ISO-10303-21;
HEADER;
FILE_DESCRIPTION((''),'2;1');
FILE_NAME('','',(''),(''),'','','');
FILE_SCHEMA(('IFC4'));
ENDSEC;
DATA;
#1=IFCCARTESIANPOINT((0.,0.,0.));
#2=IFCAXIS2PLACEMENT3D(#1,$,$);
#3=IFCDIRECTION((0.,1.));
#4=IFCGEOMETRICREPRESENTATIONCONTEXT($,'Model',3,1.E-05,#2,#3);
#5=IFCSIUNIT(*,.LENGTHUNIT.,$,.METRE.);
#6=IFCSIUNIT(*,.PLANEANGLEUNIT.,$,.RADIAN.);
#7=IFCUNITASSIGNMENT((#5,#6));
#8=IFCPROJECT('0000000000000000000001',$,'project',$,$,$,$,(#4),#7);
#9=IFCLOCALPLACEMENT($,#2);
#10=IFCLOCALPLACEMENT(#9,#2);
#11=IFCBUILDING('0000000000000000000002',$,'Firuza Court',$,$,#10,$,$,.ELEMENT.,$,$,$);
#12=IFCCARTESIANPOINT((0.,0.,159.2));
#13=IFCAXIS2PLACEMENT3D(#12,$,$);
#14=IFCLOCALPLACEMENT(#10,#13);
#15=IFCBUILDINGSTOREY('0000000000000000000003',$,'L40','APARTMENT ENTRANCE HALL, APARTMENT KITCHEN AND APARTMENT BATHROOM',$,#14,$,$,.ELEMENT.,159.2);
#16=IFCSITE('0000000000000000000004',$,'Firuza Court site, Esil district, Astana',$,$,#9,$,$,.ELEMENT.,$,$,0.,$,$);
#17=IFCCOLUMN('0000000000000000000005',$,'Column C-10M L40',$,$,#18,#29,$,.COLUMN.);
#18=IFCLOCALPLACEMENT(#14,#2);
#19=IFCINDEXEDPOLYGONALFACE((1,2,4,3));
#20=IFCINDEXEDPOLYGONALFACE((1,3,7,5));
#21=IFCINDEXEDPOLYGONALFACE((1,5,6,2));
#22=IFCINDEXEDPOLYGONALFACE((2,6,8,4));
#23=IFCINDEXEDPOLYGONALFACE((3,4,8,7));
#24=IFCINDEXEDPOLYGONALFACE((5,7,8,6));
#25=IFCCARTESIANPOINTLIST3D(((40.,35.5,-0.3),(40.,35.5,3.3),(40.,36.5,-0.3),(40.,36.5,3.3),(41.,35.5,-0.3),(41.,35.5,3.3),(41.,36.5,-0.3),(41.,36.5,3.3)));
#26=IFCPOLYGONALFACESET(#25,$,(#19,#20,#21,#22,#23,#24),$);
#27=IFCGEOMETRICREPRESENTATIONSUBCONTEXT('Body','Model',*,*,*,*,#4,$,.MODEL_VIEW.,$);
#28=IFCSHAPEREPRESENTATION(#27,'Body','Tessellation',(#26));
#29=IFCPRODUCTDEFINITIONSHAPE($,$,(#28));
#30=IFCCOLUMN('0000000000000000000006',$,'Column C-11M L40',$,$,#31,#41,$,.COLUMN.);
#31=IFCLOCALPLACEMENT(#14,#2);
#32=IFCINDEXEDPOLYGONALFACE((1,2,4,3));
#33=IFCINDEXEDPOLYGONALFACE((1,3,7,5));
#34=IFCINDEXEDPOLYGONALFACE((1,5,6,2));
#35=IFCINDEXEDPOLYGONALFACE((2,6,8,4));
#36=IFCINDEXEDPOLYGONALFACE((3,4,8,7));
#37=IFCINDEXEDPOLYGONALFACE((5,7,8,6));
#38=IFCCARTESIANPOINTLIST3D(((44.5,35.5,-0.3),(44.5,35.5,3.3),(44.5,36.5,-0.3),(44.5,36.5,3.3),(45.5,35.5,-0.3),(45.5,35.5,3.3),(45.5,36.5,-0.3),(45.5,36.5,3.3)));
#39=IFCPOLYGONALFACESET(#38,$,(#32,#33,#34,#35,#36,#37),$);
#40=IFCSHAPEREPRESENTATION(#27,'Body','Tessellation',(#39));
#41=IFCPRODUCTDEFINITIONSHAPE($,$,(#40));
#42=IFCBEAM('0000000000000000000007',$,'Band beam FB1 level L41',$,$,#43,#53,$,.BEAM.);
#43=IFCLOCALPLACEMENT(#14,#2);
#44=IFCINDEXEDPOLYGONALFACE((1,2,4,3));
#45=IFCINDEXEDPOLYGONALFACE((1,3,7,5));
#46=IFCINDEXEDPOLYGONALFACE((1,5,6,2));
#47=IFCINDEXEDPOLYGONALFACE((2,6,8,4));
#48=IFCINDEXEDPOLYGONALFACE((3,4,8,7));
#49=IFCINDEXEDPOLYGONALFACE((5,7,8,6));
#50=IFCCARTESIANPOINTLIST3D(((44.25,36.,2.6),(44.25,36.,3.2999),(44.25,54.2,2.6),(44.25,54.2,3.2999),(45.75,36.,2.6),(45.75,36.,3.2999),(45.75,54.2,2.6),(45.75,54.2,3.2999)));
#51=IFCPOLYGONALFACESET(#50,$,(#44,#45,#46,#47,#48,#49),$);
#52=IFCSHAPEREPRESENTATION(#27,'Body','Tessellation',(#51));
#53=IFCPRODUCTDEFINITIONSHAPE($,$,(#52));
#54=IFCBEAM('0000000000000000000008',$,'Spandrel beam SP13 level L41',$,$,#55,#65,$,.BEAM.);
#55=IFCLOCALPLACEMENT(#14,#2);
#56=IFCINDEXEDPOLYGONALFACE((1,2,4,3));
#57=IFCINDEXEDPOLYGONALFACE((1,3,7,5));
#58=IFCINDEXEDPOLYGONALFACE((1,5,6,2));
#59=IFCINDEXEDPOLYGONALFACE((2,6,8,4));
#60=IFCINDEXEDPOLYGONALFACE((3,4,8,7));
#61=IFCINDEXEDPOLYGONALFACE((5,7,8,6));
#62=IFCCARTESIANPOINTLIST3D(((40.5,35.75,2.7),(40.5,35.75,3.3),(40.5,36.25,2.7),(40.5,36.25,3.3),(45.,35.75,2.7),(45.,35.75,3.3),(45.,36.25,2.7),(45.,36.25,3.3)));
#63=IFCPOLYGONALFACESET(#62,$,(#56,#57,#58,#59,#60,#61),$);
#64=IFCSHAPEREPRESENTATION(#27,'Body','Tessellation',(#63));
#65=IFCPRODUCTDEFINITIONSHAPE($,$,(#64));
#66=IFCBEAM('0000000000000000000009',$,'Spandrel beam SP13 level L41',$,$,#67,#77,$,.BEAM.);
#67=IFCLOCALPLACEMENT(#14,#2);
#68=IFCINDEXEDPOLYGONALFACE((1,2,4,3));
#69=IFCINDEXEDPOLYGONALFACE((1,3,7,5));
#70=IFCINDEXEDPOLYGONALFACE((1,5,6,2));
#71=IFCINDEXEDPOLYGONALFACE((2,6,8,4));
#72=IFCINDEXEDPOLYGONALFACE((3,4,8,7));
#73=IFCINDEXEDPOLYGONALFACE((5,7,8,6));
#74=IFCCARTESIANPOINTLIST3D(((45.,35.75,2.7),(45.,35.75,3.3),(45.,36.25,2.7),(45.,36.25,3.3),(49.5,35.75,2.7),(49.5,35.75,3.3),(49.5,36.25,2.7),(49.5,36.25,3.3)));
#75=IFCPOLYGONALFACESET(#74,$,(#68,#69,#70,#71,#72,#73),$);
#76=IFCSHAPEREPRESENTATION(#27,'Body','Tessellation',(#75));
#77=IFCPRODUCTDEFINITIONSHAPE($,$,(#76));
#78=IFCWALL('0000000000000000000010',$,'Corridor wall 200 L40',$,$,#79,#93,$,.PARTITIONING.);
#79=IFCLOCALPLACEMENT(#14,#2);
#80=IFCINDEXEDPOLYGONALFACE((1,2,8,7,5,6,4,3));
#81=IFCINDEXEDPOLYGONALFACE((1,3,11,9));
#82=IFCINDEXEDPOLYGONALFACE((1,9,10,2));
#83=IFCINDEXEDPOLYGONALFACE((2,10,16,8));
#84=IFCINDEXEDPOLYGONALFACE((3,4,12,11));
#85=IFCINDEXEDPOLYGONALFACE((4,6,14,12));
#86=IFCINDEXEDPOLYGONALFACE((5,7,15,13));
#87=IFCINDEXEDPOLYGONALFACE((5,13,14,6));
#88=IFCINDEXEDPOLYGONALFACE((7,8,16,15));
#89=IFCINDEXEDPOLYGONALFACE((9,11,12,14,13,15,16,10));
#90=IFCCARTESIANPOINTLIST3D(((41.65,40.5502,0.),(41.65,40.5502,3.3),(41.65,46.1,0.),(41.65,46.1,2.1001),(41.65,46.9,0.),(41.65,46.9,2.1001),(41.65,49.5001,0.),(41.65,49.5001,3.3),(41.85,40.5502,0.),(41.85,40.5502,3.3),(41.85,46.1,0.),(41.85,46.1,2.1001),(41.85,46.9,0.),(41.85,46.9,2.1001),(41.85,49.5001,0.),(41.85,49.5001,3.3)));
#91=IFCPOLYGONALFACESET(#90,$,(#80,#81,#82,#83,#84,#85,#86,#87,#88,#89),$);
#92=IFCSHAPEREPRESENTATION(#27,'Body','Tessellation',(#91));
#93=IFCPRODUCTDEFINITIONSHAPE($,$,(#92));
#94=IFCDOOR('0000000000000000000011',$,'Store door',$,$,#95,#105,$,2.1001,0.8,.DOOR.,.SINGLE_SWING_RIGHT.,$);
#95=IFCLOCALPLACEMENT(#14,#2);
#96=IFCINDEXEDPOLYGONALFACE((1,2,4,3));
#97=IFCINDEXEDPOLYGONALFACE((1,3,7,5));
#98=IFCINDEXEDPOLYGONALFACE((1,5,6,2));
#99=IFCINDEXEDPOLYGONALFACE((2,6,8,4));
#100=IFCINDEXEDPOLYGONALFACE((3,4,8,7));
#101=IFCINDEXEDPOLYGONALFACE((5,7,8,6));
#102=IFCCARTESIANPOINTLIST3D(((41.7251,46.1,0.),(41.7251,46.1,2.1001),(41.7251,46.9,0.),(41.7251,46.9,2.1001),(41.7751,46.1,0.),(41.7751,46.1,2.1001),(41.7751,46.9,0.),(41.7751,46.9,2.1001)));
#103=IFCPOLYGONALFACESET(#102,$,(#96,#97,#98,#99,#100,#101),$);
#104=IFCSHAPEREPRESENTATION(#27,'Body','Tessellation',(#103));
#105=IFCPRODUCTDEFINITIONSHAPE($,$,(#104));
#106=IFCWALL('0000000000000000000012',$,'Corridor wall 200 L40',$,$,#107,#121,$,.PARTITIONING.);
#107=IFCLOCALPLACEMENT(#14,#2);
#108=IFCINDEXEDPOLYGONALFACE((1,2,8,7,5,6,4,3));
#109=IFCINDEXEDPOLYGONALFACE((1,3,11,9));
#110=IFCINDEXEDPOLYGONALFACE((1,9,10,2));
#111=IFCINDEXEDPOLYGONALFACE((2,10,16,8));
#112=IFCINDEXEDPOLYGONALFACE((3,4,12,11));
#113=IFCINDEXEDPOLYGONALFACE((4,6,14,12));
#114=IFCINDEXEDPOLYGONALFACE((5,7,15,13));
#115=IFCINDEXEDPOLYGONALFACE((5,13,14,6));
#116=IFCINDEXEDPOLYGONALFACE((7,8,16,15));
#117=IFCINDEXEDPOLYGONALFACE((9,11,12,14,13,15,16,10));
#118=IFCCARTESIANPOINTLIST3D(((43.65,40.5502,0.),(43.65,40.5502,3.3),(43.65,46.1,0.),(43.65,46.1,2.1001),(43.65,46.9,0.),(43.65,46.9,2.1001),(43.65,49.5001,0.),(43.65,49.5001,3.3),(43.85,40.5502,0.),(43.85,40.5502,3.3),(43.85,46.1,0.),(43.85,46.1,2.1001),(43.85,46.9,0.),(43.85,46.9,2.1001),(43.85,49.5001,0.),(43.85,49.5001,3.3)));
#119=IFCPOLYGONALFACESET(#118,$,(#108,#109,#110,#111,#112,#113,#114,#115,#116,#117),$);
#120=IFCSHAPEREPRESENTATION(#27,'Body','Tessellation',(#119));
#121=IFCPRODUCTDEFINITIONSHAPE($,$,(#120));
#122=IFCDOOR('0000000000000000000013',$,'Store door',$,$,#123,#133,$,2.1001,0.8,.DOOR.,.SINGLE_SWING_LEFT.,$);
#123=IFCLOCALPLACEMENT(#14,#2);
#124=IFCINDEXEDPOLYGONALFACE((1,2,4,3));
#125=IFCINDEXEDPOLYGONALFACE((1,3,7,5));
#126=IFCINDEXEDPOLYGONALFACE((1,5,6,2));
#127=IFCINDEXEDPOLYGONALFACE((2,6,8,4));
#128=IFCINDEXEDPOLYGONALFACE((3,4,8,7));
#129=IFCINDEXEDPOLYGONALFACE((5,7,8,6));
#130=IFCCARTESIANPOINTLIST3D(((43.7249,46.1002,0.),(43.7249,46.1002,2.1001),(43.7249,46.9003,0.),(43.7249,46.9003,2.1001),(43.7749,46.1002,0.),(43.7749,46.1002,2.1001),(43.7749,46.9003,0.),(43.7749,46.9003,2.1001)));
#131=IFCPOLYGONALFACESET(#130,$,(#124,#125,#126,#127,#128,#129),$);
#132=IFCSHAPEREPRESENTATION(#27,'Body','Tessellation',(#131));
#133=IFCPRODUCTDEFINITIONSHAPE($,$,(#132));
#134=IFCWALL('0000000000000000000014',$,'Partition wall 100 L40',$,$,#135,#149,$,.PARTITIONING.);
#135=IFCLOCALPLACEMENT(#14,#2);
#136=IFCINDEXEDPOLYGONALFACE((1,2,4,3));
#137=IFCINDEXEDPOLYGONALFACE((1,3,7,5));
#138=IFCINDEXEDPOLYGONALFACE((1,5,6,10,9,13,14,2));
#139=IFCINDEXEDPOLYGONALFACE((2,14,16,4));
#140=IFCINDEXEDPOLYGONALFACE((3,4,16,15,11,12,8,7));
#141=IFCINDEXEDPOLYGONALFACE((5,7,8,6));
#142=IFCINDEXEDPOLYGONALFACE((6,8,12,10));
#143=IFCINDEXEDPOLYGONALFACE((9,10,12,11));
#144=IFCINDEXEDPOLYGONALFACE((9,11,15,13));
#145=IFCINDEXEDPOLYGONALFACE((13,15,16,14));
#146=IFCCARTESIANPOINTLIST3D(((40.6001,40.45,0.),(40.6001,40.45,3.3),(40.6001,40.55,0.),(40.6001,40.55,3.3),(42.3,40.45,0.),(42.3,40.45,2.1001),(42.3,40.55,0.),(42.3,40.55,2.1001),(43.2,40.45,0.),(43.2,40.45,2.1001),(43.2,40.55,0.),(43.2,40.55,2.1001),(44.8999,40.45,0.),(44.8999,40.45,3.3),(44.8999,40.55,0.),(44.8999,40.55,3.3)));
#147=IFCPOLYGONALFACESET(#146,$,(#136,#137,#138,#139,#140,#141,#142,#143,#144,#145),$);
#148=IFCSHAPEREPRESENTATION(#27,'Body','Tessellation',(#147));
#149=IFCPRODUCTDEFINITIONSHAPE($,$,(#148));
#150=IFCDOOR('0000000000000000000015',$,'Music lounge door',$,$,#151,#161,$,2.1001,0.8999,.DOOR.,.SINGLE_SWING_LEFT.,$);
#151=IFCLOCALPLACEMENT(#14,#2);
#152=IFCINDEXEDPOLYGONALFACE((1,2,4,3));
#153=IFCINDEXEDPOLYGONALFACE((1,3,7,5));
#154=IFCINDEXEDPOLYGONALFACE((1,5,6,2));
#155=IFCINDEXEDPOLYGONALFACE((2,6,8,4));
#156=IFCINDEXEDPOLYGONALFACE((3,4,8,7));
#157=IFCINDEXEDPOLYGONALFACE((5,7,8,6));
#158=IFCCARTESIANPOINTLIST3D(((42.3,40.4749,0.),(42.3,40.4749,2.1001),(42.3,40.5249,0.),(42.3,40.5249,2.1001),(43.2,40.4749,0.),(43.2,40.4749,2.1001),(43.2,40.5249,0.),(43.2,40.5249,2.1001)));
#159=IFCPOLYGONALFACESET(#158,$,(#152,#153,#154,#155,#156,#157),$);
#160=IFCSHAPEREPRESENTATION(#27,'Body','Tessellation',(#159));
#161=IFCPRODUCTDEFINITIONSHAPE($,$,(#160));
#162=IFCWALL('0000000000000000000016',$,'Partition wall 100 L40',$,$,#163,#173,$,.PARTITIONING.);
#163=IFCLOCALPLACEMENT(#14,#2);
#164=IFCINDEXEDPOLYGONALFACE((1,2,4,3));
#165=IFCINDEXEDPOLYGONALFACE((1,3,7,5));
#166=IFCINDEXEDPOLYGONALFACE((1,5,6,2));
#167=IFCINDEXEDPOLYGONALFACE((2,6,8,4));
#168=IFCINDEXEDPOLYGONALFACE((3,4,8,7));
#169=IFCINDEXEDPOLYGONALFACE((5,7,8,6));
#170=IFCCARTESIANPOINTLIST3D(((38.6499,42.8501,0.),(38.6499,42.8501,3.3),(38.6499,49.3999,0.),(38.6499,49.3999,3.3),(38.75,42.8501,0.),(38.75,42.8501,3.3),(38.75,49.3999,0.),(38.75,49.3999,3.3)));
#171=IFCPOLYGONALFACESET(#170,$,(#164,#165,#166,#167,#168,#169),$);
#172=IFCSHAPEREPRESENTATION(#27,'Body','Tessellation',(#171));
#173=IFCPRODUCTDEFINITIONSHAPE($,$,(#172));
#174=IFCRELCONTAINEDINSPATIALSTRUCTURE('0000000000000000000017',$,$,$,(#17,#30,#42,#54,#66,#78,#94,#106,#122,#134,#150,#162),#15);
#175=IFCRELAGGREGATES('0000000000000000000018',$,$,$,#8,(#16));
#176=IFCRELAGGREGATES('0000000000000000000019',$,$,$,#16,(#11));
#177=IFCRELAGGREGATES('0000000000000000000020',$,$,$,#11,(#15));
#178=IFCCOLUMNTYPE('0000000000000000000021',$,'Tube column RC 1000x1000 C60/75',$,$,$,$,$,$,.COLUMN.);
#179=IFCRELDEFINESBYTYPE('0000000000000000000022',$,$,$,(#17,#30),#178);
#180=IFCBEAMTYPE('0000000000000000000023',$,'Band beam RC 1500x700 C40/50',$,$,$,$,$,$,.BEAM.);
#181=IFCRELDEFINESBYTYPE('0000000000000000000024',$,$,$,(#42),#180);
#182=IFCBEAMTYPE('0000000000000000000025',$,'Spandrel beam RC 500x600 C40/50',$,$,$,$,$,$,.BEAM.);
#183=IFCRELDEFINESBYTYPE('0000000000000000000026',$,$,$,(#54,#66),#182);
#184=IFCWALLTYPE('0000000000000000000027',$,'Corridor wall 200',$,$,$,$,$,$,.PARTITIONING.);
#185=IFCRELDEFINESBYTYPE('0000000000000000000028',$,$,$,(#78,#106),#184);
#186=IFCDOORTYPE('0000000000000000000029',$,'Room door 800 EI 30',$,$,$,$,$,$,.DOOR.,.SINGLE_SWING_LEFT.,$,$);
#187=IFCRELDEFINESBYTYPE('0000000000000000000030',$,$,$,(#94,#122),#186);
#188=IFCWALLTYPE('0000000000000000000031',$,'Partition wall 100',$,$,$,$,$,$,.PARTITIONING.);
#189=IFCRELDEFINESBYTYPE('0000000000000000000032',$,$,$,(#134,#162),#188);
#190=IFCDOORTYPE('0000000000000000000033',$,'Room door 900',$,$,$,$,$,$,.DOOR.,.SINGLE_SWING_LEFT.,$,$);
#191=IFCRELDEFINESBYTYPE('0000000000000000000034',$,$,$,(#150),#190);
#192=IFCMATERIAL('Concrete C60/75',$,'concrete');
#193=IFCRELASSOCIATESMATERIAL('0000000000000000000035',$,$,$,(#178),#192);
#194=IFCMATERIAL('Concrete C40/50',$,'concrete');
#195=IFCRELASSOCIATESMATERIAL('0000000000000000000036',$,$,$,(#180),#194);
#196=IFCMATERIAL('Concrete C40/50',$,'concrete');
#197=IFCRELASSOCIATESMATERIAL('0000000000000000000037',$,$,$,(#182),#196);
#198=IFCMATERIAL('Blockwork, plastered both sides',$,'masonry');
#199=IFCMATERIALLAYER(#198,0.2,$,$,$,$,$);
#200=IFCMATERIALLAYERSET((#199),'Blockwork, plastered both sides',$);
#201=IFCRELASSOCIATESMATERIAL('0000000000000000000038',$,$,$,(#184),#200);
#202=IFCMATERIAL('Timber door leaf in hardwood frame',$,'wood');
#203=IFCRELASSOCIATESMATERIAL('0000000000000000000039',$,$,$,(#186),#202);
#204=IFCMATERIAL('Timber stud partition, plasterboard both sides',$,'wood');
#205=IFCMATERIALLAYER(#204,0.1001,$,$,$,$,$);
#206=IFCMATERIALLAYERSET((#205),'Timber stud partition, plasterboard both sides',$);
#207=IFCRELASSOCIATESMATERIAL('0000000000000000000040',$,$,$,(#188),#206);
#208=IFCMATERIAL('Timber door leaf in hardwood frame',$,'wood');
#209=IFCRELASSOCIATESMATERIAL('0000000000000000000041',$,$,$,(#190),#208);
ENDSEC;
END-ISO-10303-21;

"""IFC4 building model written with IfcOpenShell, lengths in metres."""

from ifc_helpers import new_model, si_unit, direction, frame, frame_2d, origin, origin_2d, place, context, subcontext, project, spatial, rectangle, extrude, material, layer, layer_set, material_profile, profile_set, type_object, element, fill, save


model = new_model("IFC4")

# Units and contexts
model_context = context("Model", 3, precision=1e-05, world=origin(), true_north=direction((0.0, 1.0)))
body_context = subcontext(model_context, "Body", "Model", "MODEL_VIEW")
ifc_project = project(units=[si_unit("LENGTHUNIT", "METRE"), si_unit("PLANEANGLEUNIT", "RADIAN")], contexts=[model_context])

# Site, building, storey
site_placement = place(None, origin())
site = spatial("IfcSite", under=ifc_project, at=site_placement, Name="Firuza Court site, Esil district, Astana", CompositionType="ELEMENT", RefElevation=0.0)
building_placement = place(site_placement, origin())
building = spatial("IfcBuilding", under=site, at=building_placement, Name="Firuza Court", CompositionType="ELEMENT")
storey_placement = place(building_placement, frame((0.0, 0.0, 159.2)))
storey = spatial("IfcBuildingStorey", under=building, at=storey_placement, Name="L40", Description="APARTMENT ENTRANCE HALL, APARTMENT KITCHEN AND APARTMENT BATHROOM", CompositionType="ELEMENT", Elevation=159.2)

# Columns
ifc_material_1 = material(Name="Concrete C60/75", Category="concrete")
ifc_material_profile_1 = material_profile(ifc_material_1, rectangle(XDim=1.0, YDim=1.0, at=origin_2d()), Name="RC 1000x1000")
ifc_profile_set_1 = profile_set([ifc_material_profile_1], Name="Concrete C60/75")
column_type = type_object("IfcColumnType", Name="Tube column RC 1000x1000 C60/75", PredefinedType="COLUMN", material=ifc_profile_set_1)
for number, where, z_axis, x_axis, name in (
    (1, (40.5, 36.0, -0.3), (0.0, 0.0, 1.0), (1.0, 0.0, 0.0), "Column C-10M L40"),
    (2, (45.0, 36.0, -0.3), (0.0, 0.0, 1.0), (1.0, 0.0, 0.0), "Column C-11M L40"),
):
    element("IfcColumn", number, at=place(storey_placement, frame(where, z_axis=z_axis, x_axis=x_axis)), inside=storey, type_object=column_type, Name=name, PredefinedType="COLUMN", context=body_context, shape_type="SweptSolid", body=[
        extrude(rectangle(XDim=1.0, YDim=1.0, at=origin_2d()), origin(), (0.0, 0.0, 1.0), 3.6001),
    ])

# Beams
ifc_material_2 = material(Name="Concrete C40/50", Category="concrete")
ifc_material_profile_2 = material_profile(ifc_material_2, rectangle(XDim=1.5, YDim=0.7, at=origin_2d()), Name="RC 1500x700")
ifc_profile_set_2 = profile_set([ifc_material_profile_2], Name="Concrete C40/50")
beam_type_1 = type_object("IfcBeamType", Name="Band beam RC 1500x700 C40/50", PredefinedType="BEAM", material=ifc_profile_set_2)
beam_placement = place(storey_placement, frame((45.0, 36.0, 2.95), z_axis=(0.0, 1.0, 0.0), x_axis=(-1.0, 0.0, 0.0)))
element("IfcBeam", 3, at=beam_placement, inside=storey, type_object=beam_type_1, Name="Band beam FB1 level L41", PredefinedType="BEAM", context=body_context, shape_type="SweptSolid", body=[
    extrude(rectangle(XDim=1.5, YDim=0.7, at=origin_2d()), origin(), (0.0, 0.0, 1.0), 18.2),
])
ifc_material_3 = material(Name="Concrete C40/50", Category="concrete")
ifc_material_profile_3 = material_profile(ifc_material_3, rectangle(XDim=0.5, YDim=0.6001, at=origin_2d()), Name="RC 500x600")
ifc_profile_set_3 = profile_set([ifc_material_profile_3], Name="Concrete C40/50")
beam_type_2 = type_object("IfcBeamType", Name="Spandrel beam RC 500x600 C40/50", PredefinedType="BEAM", material=ifc_profile_set_3)
for number, where, z_axis, x_axis, name in (
    (4, (40.5, 36.0, 3.0), (1.0, 0.0, 0.0), (0.0, 1.0, 0.0), "Spandrel beam SP13 level L41"),
    (5, (45.0, 36.0, 3.0), (1.0, 0.0, 0.0), (0.0, 1.0, 0.0), "Spandrel beam SP13 level L41"),
):
    element("IfcBeam", number, at=place(storey_placement, frame(where, z_axis=z_axis, x_axis=x_axis)), inside=storey, type_object=beam_type_2, Name=name, PredefinedType="BEAM", context=body_context, shape_type="SweptSolid", body=[
        extrude(rectangle(XDim=0.5, YDim=0.6001, at=origin_2d()), origin(), (0.0, 0.0, 1.0), 4.5),
    ])

# Walls, openings, doors
ifc_material_4 = material(Name="Blockwork, plastered both sides", Category="masonry")
ifc_layer_1 = layer(ifc_material_4, 0.2)
ifc_layer_set_1 = layer_set([ifc_layer_1], Name="Blockwork, plastered both sides")
wall_type_1 = type_object("IfcWallType", Name="Corridor wall 200", PredefinedType="PARTITIONING", material=ifc_layer_set_1)
wall_1_placement = place(storey_placement, frame((41.75, 40.55, 0.0), z_axis=(0.0, 0.0, 1.0), x_axis=(0.0, 1.0, 0.0)))
wall_1 = element("IfcWall", 6, at=wall_1_placement, inside=storey, type_object=wall_type_1, Name="Corridor wall 200 L40", PredefinedType="PARTITIONING", context=body_context, shape_type="SweptSolid", body=[
    extrude(rectangle(XDim=8.95, YDim=0.2, at=frame_2d((4.4751, 0.0))), origin(), (0.0, 0.0, 1.0), 3.3),
])
opening_1_placement = place(wall_1_placement, frame((5.55, 0.0, 0.0)))
opening_1 = element("IfcOpeningElement", 7, at=opening_1_placement, cuts=wall_1, PredefinedType="OPENING", context=body_context, shape_type="SweptSolid", body=[
    extrude(rectangle(XDim=0.8, YDim=2.1001, at=frame_2d((0.3999, 1.05))), frame((0.0, 0.1118, 0.0), z_axis=(0.0, -1.0, 0.0), x_axis=(1.0, 0.0, 0.0)), (0.0, 0.0, 1.0), 0.2239),
])
ifc_material_5 = material(Name="Timber door leaf in hardwood frame", Category="wood")
door_type_1 = type_object("IfcDoorType", Name="Room door 800 EI 30", OperationType="SINGLE_SWING_LEFT", PredefinedType="DOOR", material=ifc_material_5)
door_1_placement = place(opening_1_placement, origin())
door_1 = element("IfcDoor", 8, at=door_1_placement, inside=storey, type_object=door_type_1, Name="Store door", OperationType="SINGLE_SWING_RIGHT", OverallHeight=2.1001, OverallWidth=0.8, PredefinedType="DOOR", context=body_context, shape_type="SweptSolid", body=[
    extrude(rectangle(XDim=0.8, YDim=2.1001, at=frame_2d((0.3999, 1.05))), frame((0.0, 0.0249, 0.0), z_axis=(0.0, -1.0, 0.0), x_axis=(1.0, 0.0, 0.0)), (0.0, 0.0, 1.0), 0.05),
])
fill(opening_1, door_1)
wall_2_placement = place(storey_placement, frame((43.75, 40.55, 0.0), z_axis=(0.0, 0.0, 1.0), x_axis=(0.0, 1.0, 0.0)))
wall_2 = element("IfcWall", 9, at=wall_2_placement, inside=storey, type_object=wall_type_1, Name="Corridor wall 200 L40", PredefinedType="PARTITIONING", context=body_context, shape_type="SweptSolid", body=[
    extrude(rectangle(XDim=8.95, YDim=0.2, at=frame_2d((4.4751, 0.0))), origin(), (0.0, 0.0, 1.0), 3.3),
])
opening_2_placement = place(wall_2_placement, frame((5.55, 0.0, 0.0)))
opening_2 = element("IfcOpeningElement", 10, at=opening_2_placement, cuts=wall_2, PredefinedType="OPENING", context=body_context, shape_type="SweptSolid", body=[
    extrude(rectangle(XDim=0.8, YDim=2.1001, at=frame_2d((0.3999, 1.05))), frame((0.0, 0.1118, 0.0), z_axis=(0.0, -1.0, 0.0), x_axis=(1.0, 0.0, 0.0)), (0.0, 0.0, 1.0), 0.2239),
])
door_2_placement = place(opening_2_placement, frame((0.8, 0.0, 0.0), z_axis=(0.0, 0.0, 1.0), x_axis=(-1.0, 0.0, 0.0)))
door_2 = element("IfcDoor", 11, at=door_2_placement, inside=storey, type_object=door_type_1, Name="Store door", OperationType="SINGLE_SWING_LEFT", OverallHeight=2.1001, OverallWidth=0.8, PredefinedType="DOOR", context=body_context, shape_type="SweptSolid", body=[
    extrude(rectangle(XDim=0.8, YDim=2.1001, at=frame_2d((0.3999, 1.05))), frame((0.0, 0.0249, 0.0), z_axis=(0.0, -1.0, 0.0), x_axis=(1.0, 0.0, 0.0)), (0.0, 0.0, 1.0), 0.05),
])
fill(opening_2, door_2)
ifc_material_6 = material(Name="Timber stud partition, plasterboard both sides", Category="wood")
ifc_layer_2 = layer(ifc_material_6, 0.1001)
ifc_layer_set_2 = layer_set([ifc_layer_2], Name="Timber stud partition, plasterboard both sides")
wall_type_2 = type_object("IfcWallType", Name="Partition wall 100", PredefinedType="PARTITIONING", material=ifc_layer_set_2)
wall_3_placement = place(storey_placement, frame((40.6001, 40.5, 0.0), z_axis=(0.0, 0.0, 1.0), x_axis=(1.0, 0.0, 0.0)))
wall_3 = element("IfcWall", 12, at=wall_3_placement, inside=storey, type_object=wall_type_2, Name="Partition wall 100 L40", PredefinedType="PARTITIONING", context=body_context, shape_type="SweptSolid", body=[
    extrude(rectangle(XDim=4.2998, YDim=0.1001, at=frame_2d((2.1499, 0.0))), origin(), (0.0, 0.0, 1.0), 3.3),
])
opening_3_placement = place(wall_3_placement, frame((1.7, 0.0, 0.0)))
opening_3 = element("IfcOpeningElement", 13, at=opening_3_placement, cuts=wall_3, PredefinedType="OPENING", context=body_context, shape_type="SweptSolid", body=[
    extrude(rectangle(XDim=0.8999, YDim=2.1001, at=frame_2d((0.45, 1.05))), frame((0.0, 0.062, 0.0), z_axis=(0.0, -1.0, 0.0), x_axis=(1.0, 0.0, 0.0)), (0.0, 0.0, 1.0), 0.124),
])
ifc_material_7 = material(Name="Timber door leaf in hardwood frame", Category="wood")
door_type_2 = type_object("IfcDoorType", Name="Room door 900", OperationType="SINGLE_SWING_LEFT", PredefinedType="DOOR", material=ifc_material_7)
door_3_placement = place(opening_3_placement, origin())
door_3 = element("IfcDoor", 14, at=door_3_placement, inside=storey, type_object=door_type_2, Name="Music lounge door", OperationType="SINGLE_SWING_LEFT", OverallHeight=2.1001, OverallWidth=0.8999, PredefinedType="DOOR", context=body_context, shape_type="SweptSolid", body=[
    extrude(rectangle(XDim=0.8999, YDim=2.1001, at=frame_2d((0.45, 1.05))), frame((0.0, 0.0249, 0.0), z_axis=(0.0, -1.0, 0.0), x_axis=(1.0, 0.0, 0.0)), (0.0, 0.0, 1.0), 0.05),
])
fill(opening_3, door_3)

# Wall
wall_4_placement = place(storey_placement, frame((38.7, 42.8501, 0.0), z_axis=(0.0, 0.0, 1.0), x_axis=(0.0, 1.0, 0.0)))
element("IfcWall", 15, at=wall_4_placement, inside=storey, type_object=wall_type_2, Name="Partition wall 100 L40", PredefinedType="PARTITIONING", context=body_context, shape_type="SweptSolid", body=[
    extrude(rectangle(XDim=6.5498, YDim=0.1001, at=frame_2d((3.2749, 0.0))), origin(), (0.0, 0.0, 1.0), 3.3),
])

save(model, "model.ifc")
